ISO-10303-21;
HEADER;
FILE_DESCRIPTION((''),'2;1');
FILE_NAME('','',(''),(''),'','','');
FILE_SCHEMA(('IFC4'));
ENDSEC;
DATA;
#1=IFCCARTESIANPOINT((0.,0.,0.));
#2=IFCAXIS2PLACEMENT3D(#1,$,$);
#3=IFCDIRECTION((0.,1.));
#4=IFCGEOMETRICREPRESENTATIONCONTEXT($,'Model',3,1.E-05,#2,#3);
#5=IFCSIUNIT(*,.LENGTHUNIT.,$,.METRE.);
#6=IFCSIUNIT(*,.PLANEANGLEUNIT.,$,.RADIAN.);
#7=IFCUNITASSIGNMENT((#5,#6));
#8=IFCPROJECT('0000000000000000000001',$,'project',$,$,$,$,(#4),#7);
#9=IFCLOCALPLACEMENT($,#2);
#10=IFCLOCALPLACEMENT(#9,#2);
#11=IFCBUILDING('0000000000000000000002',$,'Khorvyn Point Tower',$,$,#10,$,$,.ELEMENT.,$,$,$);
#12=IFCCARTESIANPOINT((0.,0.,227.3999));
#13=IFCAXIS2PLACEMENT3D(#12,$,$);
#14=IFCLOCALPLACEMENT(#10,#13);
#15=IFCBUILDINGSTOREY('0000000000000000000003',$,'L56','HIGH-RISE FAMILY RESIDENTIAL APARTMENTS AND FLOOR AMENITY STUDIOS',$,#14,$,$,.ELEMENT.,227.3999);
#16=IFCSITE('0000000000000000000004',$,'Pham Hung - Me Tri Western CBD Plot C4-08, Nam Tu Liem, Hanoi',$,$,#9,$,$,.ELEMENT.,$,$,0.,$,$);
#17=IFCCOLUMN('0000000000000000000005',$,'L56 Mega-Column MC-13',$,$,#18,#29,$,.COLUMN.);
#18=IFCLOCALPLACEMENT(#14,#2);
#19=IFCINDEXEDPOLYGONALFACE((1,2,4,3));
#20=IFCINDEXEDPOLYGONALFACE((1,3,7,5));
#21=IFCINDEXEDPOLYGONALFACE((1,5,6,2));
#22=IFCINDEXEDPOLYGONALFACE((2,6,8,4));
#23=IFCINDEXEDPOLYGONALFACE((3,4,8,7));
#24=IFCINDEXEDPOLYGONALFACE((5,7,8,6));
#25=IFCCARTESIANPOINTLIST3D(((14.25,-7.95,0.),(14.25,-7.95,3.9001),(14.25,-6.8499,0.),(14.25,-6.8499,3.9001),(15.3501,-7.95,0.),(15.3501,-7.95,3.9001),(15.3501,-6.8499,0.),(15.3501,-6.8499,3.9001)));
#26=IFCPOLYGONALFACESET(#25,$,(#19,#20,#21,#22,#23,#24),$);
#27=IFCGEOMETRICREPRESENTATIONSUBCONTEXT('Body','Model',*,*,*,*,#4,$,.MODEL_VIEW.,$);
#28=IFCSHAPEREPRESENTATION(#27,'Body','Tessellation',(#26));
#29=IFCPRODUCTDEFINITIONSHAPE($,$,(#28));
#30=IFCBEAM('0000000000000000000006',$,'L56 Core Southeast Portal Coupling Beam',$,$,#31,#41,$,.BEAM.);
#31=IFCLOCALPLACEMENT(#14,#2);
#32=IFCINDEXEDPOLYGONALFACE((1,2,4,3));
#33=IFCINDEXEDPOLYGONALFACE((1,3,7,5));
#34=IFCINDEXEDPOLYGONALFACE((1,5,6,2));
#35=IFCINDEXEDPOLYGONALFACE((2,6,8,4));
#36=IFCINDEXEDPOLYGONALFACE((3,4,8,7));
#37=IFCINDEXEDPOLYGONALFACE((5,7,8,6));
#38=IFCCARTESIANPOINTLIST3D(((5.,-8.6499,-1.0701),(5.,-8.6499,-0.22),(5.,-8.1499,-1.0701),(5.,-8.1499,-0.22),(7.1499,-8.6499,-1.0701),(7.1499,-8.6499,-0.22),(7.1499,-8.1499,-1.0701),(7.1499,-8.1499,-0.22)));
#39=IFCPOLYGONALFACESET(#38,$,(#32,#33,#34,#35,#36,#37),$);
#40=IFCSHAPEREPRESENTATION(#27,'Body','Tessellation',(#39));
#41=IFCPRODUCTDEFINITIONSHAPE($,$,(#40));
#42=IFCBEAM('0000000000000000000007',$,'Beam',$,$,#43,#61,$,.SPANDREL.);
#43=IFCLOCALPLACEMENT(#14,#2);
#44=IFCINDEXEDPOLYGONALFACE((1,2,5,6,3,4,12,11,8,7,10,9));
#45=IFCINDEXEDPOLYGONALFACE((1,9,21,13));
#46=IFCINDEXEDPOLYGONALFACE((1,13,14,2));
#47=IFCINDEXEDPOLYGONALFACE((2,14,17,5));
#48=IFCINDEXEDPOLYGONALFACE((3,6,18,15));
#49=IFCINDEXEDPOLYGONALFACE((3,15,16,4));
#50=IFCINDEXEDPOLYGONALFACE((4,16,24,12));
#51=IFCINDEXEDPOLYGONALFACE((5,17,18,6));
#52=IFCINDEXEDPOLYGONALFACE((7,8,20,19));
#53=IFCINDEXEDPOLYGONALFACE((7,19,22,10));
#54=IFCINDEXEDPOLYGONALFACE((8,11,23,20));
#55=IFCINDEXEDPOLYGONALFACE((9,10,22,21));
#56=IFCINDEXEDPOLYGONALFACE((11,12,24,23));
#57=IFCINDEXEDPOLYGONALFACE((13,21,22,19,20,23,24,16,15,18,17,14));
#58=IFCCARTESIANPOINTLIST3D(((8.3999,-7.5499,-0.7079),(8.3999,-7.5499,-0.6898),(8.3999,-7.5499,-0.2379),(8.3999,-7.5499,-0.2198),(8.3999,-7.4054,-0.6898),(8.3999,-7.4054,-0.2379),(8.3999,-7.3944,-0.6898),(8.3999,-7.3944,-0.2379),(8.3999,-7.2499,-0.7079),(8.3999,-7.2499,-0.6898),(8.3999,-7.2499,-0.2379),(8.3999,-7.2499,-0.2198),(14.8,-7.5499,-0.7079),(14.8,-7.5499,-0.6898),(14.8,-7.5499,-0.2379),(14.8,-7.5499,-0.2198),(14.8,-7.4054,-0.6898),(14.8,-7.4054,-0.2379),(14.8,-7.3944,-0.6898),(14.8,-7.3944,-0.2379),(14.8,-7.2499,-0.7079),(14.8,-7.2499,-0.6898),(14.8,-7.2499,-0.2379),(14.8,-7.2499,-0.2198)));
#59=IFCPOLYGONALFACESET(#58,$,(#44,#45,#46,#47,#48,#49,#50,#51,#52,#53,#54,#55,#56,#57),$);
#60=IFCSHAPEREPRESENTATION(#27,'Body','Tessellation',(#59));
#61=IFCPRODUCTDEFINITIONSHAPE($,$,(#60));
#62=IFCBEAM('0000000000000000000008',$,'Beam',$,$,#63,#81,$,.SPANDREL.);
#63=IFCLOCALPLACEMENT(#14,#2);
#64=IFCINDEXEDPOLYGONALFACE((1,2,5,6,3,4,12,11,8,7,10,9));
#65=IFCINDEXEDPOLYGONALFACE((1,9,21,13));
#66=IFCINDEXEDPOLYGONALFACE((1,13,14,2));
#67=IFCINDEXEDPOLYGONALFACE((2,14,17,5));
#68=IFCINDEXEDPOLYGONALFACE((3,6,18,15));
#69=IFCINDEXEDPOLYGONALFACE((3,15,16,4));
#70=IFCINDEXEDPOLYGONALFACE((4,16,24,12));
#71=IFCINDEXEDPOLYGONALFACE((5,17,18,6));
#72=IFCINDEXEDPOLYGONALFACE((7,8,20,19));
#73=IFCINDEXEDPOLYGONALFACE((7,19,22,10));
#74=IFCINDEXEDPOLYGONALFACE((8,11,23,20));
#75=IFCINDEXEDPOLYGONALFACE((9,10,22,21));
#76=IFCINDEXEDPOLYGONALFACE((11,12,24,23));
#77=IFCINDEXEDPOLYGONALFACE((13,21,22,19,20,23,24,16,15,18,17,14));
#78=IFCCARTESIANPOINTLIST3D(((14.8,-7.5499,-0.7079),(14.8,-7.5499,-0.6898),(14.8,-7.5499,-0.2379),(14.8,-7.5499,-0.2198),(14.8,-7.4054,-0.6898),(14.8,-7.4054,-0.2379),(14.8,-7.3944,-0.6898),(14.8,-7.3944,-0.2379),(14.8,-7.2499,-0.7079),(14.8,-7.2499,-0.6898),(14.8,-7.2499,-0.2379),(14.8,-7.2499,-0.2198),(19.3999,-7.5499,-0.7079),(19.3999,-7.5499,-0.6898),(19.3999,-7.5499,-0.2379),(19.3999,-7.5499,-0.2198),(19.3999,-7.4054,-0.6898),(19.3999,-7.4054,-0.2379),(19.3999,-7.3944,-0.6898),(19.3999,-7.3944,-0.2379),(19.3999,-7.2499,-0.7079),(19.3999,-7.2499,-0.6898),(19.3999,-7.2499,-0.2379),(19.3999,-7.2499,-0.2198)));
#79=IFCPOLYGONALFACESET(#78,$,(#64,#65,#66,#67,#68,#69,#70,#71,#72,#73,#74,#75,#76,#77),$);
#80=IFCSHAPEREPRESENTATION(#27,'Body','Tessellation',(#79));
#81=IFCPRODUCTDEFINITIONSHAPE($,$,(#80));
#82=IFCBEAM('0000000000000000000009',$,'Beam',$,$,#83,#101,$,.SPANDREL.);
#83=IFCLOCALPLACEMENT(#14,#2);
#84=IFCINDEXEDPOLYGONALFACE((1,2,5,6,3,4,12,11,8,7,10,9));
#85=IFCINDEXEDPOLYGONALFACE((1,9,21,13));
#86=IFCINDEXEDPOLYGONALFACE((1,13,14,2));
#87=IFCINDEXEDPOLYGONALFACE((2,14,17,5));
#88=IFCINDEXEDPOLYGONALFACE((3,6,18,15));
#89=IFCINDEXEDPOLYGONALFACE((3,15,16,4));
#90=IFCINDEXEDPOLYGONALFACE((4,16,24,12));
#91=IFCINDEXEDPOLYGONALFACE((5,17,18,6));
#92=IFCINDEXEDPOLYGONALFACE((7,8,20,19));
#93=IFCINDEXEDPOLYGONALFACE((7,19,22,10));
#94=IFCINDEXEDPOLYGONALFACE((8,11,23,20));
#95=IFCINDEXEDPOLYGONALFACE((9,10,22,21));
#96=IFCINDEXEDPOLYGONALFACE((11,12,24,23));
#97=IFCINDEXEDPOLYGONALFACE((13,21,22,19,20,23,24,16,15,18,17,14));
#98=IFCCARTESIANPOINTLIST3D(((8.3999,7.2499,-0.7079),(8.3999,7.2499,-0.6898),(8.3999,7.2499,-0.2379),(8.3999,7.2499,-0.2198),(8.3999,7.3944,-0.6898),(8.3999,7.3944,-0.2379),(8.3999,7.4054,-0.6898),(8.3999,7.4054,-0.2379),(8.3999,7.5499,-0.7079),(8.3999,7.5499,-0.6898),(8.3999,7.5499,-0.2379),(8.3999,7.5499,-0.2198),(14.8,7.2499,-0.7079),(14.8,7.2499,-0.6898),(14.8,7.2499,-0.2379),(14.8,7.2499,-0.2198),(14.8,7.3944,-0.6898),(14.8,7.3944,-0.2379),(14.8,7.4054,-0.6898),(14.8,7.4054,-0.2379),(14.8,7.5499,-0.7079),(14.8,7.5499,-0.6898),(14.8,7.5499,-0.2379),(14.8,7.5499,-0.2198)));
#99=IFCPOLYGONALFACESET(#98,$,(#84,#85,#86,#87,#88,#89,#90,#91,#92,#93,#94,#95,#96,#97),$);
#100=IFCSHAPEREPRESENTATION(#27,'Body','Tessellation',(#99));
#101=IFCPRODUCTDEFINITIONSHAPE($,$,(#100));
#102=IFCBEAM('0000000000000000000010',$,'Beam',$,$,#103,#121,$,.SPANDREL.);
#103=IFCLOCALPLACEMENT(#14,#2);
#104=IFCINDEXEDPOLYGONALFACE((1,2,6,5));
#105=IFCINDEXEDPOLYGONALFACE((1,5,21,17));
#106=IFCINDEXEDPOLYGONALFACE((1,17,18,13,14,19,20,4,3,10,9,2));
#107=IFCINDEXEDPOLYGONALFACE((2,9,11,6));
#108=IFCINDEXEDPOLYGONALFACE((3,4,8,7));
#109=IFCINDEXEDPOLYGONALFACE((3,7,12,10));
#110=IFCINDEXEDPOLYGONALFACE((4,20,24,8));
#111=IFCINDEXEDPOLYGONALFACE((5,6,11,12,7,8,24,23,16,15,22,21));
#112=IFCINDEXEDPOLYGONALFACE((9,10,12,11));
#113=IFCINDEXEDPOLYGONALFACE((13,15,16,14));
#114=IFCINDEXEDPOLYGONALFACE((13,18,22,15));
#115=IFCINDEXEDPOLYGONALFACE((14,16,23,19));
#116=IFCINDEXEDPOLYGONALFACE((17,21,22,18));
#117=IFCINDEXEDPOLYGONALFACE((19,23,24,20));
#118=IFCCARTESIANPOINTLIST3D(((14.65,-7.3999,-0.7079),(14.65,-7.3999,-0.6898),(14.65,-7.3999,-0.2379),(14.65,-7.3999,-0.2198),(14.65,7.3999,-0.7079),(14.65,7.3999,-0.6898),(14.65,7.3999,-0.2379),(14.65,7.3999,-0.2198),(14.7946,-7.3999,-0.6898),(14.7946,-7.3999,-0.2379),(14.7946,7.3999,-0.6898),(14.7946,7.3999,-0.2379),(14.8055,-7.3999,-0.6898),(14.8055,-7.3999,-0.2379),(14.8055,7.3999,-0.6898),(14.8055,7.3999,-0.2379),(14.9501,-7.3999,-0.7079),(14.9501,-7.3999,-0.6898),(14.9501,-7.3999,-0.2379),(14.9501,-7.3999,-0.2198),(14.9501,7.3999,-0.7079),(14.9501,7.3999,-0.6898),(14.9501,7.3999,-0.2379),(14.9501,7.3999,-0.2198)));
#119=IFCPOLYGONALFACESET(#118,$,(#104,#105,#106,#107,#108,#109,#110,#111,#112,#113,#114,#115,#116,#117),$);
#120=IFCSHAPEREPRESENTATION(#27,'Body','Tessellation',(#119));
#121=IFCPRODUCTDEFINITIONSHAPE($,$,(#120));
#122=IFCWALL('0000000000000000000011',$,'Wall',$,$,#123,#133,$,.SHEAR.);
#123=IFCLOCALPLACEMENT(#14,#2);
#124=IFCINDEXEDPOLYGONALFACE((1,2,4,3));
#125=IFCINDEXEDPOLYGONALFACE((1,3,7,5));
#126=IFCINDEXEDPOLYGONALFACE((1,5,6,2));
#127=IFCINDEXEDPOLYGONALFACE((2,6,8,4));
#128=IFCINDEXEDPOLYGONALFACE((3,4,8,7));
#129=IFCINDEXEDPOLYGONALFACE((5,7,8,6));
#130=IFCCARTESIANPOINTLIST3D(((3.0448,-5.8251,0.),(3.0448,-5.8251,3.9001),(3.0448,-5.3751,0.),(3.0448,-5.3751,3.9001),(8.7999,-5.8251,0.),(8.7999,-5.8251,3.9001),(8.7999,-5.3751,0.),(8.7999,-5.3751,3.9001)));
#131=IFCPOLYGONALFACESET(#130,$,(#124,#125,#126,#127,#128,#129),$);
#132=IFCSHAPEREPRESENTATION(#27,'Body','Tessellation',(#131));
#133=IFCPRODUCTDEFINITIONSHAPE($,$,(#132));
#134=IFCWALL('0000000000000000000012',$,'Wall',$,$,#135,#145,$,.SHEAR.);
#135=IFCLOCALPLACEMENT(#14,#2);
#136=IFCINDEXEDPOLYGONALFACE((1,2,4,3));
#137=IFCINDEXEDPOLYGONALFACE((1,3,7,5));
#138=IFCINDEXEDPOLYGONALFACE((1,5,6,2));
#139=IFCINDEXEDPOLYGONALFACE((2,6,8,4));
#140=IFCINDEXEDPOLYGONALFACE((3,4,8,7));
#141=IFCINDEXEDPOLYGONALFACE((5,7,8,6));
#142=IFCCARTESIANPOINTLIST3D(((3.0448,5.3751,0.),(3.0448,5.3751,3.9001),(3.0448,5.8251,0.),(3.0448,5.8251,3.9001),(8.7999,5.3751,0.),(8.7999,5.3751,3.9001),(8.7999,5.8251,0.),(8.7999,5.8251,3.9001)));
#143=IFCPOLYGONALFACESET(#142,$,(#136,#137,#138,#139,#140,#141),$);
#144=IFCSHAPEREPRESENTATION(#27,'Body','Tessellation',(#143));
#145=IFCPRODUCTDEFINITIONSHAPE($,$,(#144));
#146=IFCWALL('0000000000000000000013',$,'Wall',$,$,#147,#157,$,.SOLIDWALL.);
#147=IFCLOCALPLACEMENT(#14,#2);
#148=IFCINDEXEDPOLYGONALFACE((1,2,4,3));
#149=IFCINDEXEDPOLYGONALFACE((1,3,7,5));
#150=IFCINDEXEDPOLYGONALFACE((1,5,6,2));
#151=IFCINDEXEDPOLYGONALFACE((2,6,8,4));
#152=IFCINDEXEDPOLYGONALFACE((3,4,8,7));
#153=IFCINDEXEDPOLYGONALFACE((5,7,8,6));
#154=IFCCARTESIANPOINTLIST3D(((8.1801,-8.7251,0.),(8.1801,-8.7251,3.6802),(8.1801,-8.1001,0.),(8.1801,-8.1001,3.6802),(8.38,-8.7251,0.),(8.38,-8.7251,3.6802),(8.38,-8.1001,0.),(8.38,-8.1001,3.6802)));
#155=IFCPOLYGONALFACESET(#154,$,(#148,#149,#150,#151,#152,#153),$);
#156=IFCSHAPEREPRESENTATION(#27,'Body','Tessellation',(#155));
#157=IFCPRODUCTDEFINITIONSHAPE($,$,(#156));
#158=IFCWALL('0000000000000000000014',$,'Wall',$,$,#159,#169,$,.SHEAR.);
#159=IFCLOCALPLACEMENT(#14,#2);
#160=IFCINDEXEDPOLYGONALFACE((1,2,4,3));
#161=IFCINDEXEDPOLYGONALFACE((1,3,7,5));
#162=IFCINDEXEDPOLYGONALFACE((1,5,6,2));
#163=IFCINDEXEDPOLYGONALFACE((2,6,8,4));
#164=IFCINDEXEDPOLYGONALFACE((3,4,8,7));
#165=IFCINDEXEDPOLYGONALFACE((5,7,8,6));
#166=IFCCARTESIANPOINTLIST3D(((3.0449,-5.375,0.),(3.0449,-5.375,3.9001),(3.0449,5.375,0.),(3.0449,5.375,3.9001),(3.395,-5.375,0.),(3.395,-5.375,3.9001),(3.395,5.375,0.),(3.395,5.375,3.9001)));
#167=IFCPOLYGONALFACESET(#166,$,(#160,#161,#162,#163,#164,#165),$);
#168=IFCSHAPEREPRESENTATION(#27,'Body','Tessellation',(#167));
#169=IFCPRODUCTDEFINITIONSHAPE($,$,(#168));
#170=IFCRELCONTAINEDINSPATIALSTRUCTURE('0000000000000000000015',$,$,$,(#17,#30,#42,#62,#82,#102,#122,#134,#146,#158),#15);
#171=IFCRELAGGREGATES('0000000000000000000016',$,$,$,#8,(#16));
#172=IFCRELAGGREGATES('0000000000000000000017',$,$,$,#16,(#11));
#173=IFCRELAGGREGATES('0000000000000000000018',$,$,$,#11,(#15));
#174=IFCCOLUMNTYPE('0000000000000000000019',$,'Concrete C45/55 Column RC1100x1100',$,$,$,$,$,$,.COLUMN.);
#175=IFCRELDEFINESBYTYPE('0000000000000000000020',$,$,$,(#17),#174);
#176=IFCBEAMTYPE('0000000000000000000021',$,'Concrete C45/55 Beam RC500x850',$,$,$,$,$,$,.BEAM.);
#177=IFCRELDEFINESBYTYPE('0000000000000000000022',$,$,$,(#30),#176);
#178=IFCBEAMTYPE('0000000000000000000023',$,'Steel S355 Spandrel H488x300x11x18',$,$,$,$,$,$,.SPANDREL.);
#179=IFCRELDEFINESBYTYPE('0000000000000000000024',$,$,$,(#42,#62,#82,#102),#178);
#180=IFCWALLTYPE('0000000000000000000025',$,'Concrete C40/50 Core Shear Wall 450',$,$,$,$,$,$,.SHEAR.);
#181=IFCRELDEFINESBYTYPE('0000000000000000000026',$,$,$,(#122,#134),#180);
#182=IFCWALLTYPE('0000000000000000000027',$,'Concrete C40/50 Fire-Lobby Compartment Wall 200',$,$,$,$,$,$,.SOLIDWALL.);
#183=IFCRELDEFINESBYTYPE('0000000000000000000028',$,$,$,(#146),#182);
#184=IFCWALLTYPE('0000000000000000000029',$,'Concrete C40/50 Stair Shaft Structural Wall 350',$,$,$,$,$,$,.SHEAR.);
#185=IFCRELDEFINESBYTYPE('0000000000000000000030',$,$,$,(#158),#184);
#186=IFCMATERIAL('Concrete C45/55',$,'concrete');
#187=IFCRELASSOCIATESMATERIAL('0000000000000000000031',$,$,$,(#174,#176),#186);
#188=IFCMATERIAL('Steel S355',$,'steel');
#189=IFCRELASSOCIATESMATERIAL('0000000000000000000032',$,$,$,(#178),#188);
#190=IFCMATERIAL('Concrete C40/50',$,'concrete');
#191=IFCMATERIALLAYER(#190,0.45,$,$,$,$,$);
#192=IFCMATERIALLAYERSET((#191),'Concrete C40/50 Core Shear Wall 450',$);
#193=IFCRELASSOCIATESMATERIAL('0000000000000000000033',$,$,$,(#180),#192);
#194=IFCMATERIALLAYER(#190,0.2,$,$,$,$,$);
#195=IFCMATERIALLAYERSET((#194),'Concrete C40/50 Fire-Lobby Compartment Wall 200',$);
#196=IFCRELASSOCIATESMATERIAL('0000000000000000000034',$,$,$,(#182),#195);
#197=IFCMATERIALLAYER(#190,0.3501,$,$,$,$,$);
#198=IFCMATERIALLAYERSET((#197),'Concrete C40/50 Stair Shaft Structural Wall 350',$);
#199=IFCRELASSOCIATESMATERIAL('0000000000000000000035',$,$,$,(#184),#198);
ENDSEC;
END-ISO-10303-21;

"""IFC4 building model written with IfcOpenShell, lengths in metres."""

from ifc_helpers import new_model, si_unit, direction, frame, frame_2d, origin, origin_2d, place, context, subcontext, project, spatial, rectangle, i_section, extrude, material, layer, layer_set, material_profile, profile_set, type_object, element, save


model = new_model("IFC4")

# Units and contexts
model_context = context("Model", 3, precision=1e-05, world=origin(), true_north=direction((0.0, 1.0)))
body_context = subcontext(model_context, "Body", "Model", "MODEL_VIEW")
ifc_project = project(units=[si_unit("LENGTHUNIT", "METRE"), si_unit("PLANEANGLEUNIT", "RADIAN")], contexts=[model_context])

# Site, building, storey
site_placement = place(None, origin())
site = spatial("IfcSite", under=ifc_project, at=site_placement, Name="Pham Hung - Me Tri Western CBD Plot C4-08, Nam Tu Liem, Hanoi", CompositionType="ELEMENT", RefElevation=0.0)
building_placement = place(site_placement, origin())
building = spatial("IfcBuilding", under=site, at=building_placement, Name="Khorvyn Point Tower", CompositionType="ELEMENT")
storey_placement = place(building_placement, frame((0.0, 0.0, 227.3999)))
storey = spatial("IfcBuildingStorey", under=building, at=storey_placement, Name="L56", Description="HIGH-RISE FAMILY RESIDENTIAL APARTMENTS AND FLOOR AMENITY STUDIOS", CompositionType="ELEMENT", Elevation=227.3999)

# Column
ifc_material_1 = material(Name="Concrete C45/55", Category="concrete")
ifc_material_profile_1 = material_profile(ifc_material_1, rectangle(XDim=1.1001, YDim=1.1001, at=origin_2d()))
ifc_profile_set_1 = profile_set([ifc_material_profile_1], Name="Concrete C45/55 RC1100x1100")
column_type = type_object("IfcColumnType", Name="Concrete C45/55 Column RC1100x1100", PredefinedType="COLUMN", material=ifc_profile_set_1)
column_placement = place(storey_placement, frame((14.8, -7.3999, 0.0), z_axis=(0.0, 0.0, 1.0), x_axis=(1.0, 0.0, 0.0)))
element("IfcColumn", 1, at=column_placement, inside=storey, type_object=column_type, Name="L56 Mega-Column MC-13", PredefinedType="COLUMN", context=body_context, shape_type="SweptSolid", body=[
    extrude(rectangle(XDim=1.1001, YDim=1.1001, at=origin_2d()), origin(), (0.0, 0.0, 1.0), 3.9001),
])

# Beams
ifc_material_profile_2 = material_profile(ifc_material_1, rectangle(XDim=0.5, YDim=0.8501, at=origin_2d()))
ifc_profile_set_2 = profile_set([ifc_material_profile_2], Name="Concrete C45/55 RC500x850")
beam_type_1 = type_object("IfcBeamType", Name="Concrete C45/55 Beam RC500x850", PredefinedType="BEAM", material=ifc_profile_set_2)
beam_1_placement = place(storey_placement, frame((5.0, -8.3999, -0.645), z_axis=(1.0, 0.0, 0.0), x_axis=(0.0, 1.0, 0.0)))
element("IfcBeam", 2, at=beam_1_placement, inside=storey, type_object=beam_type_1, Name="L56 Core Southeast Portal Coupling Beam", PredefinedType="BEAM", context=body_context, shape_type="SweptSolid", body=[
    extrude(rectangle(XDim=0.5, YDim=0.8501, at=origin_2d()), origin(), (0.0, 0.0, 1.0), 2.1499),
])
ifc_material_2 = material(Name="Steel S355", Category="steel")
ifc_material_profile_3 = material_profile(ifc_material_2, i_section(OverallWidth=0.3, OverallDepth=0.488, WebThickness=0.011, FlangeThickness=0.0181, at=origin_2d()))
ifc_profile_set_3 = profile_set([ifc_material_profile_3], Name="Steel S355 H488x300x11x18")
beam_type_2 = type_object("IfcBeamType", Name="Steel S355 Spandrel H488x300x11x18", PredefinedType="SPANDREL", material=ifc_profile_set_3)
beam_2_placement = place(storey_placement, frame((8.3999, -7.3999, -0.4639), z_axis=(1.0, 0.0, 0.0), x_axis=(0.0, 1.0, 0.0)))
element("IfcBeam", 3, at=beam_2_placement, inside=storey, type_object=beam_type_2, Name="Beam", PredefinedType="SPANDREL", context=body_context, shape_type="SweptSolid", body=[
    extrude(i_section(OverallWidth=0.3, OverallDepth=0.488, WebThickness=0.011, FlangeThickness=0.0181, at=origin_2d()), origin(), (0.0, 0.0, 1.0), 6.4001),
])
beam_3_placement = place(storey_placement, frame((14.8, -7.3999, -0.4639), z_axis=(1.0, 0.0, 0.0), x_axis=(0.0, 1.0, 0.0)))
element("IfcBeam", 4, at=beam_3_placement, inside=storey, type_object=beam_type_2, Name="Beam", PredefinedType="SPANDREL", context=body_context, shape_type="SweptSolid", body=[
    extrude(i_section(OverallWidth=0.3, OverallDepth=0.488, WebThickness=0.011, FlangeThickness=0.0181, at=origin_2d()), origin(), (0.0, 0.0, 1.0), 4.5999),
])
beam_4_placement = place(storey_placement, frame((8.3999, 7.3999, -0.4639), z_axis=(1.0, 0.0, 0.0), x_axis=(0.0, 1.0, 0.0)))
element("IfcBeam", 5, at=beam_4_placement, inside=storey, type_object=beam_type_2, Name="Beam", PredefinedType="SPANDREL", context=body_context, shape_type="SweptSolid", body=[
    extrude(i_section(OverallWidth=0.3, OverallDepth=0.488, WebThickness=0.011, FlangeThickness=0.0181, at=origin_2d()), origin(), (0.0, 0.0, 1.0), 6.4001),
])
beam_5_placement = place(storey_placement, frame((14.8, -7.3999, -0.4639), z_axis=(0.0, 1.0, 0.0), x_axis=(-1.0, 0.0, 0.0)))
element("IfcBeam", 6, at=beam_5_placement, inside=storey, type_object=beam_type_2, Name="Beam", PredefinedType="SPANDREL", context=body_context, shape_type="SweptSolid", body=[
    extrude(i_section(OverallWidth=0.3, OverallDepth=0.488, WebThickness=0.011, FlangeThickness=0.0181, at=origin_2d()), origin(), (0.0, 0.0, 1.0), 14.7998),
])

# Walls
ifc_material_3 = material(Name="Concrete C40/50", Category="concrete")
ifc_layer_1 = layer(ifc_material_3, 0.45)
ifc_layer_set_1 = layer_set([ifc_layer_1], Name="Concrete C40/50 Core Shear Wall 450")
wall_type_1 = type_object("IfcWallType", Name="Concrete C40/50 Core Shear Wall 450", PredefinedType="SHEAR", material=ifc_layer_set_1)
for number, where, z_axis, x_axis, name in (
    (7, (3.0449, -5.6001, 0.0), (0.0, 0.0, 1.0), (1.0, 0.0, 0.0), "Wall"),
    (8, (3.0449, 5.6001, 0.0), (0.0, 0.0, 1.0), (1.0, 0.0, 0.0), "Wall"),
):
    element("IfcWall", number, at=place(storey_placement, frame(where, z_axis=z_axis, x_axis=x_axis)), inside=storey, type_object=wall_type_1, Name=name, PredefinedType="SHEAR", context=body_context, shape_type="SweptSolid", body=[
        extrude(rectangle(XDim=5.7551, YDim=0.45, at=frame_2d((2.8774, 0.0))), origin(), (0.0, 0.0, 1.0), 3.9001),
    ])

# Shared definitions
ifc_layer_2 = layer(ifc_material_3, 0.2)
ifc_layer_set_2 = layer_set([ifc_layer_2], Name="Concrete C40/50 Fire-Lobby Compartment Wall 200")
wall_type_2 = type_object("IfcWallType", Name="Concrete C40/50 Fire-Lobby Compartment Wall 200", PredefinedType="SOLIDWALL", material=ifc_layer_set_2)

# Walls
wall_1_placement = place(storey_placement, frame((8.28, -8.7251, 0.0), z_axis=(0.0, 0.0, 1.0), x_axis=(0.0, 1.0, 0.0)))
element("IfcWall", 9, at=wall_1_placement, inside=storey, type_object=wall_type_2, Name="Wall", PredefinedType="SOLIDWALL", context=body_context, shape_type="SweptSolid", body=[
    extrude(rectangle(XDim=0.625, YDim=0.2, at=frame_2d((0.3125, 0.0))), origin(), (0.0, 0.0, 1.0), 3.6802),
])
ifc_layer_3 = layer(ifc_material_3, 0.3501)
ifc_layer_set_3 = layer_set([ifc_layer_3], Name="Concrete C40/50 Stair Shaft Structural Wall 350")
wall_type_3 = type_object("IfcWallType", Name="Concrete C40/50 Stair Shaft Structural Wall 350", PredefinedType="SHEAR", material=ifc_layer_set_3)
wall_2_placement = place(storey_placement, frame((3.22, -5.375, 0.0), z_axis=(0.0, 0.0, 1.0), x_axis=(0.0, 1.0, 0.0)))
element("IfcWall", 10, at=wall_2_placement, inside=storey, type_object=wall_type_3, Name="Wall", PredefinedType="SHEAR", context=body_context, shape_type="SweptSolid", body=[
    extrude(rectangle(XDim=10.75, YDim=0.3501, at=frame_2d((5.375, 0.0))), origin(), (0.0, 0.0, 1.0), 3.9001),
])

save(model, "model.ifc")
